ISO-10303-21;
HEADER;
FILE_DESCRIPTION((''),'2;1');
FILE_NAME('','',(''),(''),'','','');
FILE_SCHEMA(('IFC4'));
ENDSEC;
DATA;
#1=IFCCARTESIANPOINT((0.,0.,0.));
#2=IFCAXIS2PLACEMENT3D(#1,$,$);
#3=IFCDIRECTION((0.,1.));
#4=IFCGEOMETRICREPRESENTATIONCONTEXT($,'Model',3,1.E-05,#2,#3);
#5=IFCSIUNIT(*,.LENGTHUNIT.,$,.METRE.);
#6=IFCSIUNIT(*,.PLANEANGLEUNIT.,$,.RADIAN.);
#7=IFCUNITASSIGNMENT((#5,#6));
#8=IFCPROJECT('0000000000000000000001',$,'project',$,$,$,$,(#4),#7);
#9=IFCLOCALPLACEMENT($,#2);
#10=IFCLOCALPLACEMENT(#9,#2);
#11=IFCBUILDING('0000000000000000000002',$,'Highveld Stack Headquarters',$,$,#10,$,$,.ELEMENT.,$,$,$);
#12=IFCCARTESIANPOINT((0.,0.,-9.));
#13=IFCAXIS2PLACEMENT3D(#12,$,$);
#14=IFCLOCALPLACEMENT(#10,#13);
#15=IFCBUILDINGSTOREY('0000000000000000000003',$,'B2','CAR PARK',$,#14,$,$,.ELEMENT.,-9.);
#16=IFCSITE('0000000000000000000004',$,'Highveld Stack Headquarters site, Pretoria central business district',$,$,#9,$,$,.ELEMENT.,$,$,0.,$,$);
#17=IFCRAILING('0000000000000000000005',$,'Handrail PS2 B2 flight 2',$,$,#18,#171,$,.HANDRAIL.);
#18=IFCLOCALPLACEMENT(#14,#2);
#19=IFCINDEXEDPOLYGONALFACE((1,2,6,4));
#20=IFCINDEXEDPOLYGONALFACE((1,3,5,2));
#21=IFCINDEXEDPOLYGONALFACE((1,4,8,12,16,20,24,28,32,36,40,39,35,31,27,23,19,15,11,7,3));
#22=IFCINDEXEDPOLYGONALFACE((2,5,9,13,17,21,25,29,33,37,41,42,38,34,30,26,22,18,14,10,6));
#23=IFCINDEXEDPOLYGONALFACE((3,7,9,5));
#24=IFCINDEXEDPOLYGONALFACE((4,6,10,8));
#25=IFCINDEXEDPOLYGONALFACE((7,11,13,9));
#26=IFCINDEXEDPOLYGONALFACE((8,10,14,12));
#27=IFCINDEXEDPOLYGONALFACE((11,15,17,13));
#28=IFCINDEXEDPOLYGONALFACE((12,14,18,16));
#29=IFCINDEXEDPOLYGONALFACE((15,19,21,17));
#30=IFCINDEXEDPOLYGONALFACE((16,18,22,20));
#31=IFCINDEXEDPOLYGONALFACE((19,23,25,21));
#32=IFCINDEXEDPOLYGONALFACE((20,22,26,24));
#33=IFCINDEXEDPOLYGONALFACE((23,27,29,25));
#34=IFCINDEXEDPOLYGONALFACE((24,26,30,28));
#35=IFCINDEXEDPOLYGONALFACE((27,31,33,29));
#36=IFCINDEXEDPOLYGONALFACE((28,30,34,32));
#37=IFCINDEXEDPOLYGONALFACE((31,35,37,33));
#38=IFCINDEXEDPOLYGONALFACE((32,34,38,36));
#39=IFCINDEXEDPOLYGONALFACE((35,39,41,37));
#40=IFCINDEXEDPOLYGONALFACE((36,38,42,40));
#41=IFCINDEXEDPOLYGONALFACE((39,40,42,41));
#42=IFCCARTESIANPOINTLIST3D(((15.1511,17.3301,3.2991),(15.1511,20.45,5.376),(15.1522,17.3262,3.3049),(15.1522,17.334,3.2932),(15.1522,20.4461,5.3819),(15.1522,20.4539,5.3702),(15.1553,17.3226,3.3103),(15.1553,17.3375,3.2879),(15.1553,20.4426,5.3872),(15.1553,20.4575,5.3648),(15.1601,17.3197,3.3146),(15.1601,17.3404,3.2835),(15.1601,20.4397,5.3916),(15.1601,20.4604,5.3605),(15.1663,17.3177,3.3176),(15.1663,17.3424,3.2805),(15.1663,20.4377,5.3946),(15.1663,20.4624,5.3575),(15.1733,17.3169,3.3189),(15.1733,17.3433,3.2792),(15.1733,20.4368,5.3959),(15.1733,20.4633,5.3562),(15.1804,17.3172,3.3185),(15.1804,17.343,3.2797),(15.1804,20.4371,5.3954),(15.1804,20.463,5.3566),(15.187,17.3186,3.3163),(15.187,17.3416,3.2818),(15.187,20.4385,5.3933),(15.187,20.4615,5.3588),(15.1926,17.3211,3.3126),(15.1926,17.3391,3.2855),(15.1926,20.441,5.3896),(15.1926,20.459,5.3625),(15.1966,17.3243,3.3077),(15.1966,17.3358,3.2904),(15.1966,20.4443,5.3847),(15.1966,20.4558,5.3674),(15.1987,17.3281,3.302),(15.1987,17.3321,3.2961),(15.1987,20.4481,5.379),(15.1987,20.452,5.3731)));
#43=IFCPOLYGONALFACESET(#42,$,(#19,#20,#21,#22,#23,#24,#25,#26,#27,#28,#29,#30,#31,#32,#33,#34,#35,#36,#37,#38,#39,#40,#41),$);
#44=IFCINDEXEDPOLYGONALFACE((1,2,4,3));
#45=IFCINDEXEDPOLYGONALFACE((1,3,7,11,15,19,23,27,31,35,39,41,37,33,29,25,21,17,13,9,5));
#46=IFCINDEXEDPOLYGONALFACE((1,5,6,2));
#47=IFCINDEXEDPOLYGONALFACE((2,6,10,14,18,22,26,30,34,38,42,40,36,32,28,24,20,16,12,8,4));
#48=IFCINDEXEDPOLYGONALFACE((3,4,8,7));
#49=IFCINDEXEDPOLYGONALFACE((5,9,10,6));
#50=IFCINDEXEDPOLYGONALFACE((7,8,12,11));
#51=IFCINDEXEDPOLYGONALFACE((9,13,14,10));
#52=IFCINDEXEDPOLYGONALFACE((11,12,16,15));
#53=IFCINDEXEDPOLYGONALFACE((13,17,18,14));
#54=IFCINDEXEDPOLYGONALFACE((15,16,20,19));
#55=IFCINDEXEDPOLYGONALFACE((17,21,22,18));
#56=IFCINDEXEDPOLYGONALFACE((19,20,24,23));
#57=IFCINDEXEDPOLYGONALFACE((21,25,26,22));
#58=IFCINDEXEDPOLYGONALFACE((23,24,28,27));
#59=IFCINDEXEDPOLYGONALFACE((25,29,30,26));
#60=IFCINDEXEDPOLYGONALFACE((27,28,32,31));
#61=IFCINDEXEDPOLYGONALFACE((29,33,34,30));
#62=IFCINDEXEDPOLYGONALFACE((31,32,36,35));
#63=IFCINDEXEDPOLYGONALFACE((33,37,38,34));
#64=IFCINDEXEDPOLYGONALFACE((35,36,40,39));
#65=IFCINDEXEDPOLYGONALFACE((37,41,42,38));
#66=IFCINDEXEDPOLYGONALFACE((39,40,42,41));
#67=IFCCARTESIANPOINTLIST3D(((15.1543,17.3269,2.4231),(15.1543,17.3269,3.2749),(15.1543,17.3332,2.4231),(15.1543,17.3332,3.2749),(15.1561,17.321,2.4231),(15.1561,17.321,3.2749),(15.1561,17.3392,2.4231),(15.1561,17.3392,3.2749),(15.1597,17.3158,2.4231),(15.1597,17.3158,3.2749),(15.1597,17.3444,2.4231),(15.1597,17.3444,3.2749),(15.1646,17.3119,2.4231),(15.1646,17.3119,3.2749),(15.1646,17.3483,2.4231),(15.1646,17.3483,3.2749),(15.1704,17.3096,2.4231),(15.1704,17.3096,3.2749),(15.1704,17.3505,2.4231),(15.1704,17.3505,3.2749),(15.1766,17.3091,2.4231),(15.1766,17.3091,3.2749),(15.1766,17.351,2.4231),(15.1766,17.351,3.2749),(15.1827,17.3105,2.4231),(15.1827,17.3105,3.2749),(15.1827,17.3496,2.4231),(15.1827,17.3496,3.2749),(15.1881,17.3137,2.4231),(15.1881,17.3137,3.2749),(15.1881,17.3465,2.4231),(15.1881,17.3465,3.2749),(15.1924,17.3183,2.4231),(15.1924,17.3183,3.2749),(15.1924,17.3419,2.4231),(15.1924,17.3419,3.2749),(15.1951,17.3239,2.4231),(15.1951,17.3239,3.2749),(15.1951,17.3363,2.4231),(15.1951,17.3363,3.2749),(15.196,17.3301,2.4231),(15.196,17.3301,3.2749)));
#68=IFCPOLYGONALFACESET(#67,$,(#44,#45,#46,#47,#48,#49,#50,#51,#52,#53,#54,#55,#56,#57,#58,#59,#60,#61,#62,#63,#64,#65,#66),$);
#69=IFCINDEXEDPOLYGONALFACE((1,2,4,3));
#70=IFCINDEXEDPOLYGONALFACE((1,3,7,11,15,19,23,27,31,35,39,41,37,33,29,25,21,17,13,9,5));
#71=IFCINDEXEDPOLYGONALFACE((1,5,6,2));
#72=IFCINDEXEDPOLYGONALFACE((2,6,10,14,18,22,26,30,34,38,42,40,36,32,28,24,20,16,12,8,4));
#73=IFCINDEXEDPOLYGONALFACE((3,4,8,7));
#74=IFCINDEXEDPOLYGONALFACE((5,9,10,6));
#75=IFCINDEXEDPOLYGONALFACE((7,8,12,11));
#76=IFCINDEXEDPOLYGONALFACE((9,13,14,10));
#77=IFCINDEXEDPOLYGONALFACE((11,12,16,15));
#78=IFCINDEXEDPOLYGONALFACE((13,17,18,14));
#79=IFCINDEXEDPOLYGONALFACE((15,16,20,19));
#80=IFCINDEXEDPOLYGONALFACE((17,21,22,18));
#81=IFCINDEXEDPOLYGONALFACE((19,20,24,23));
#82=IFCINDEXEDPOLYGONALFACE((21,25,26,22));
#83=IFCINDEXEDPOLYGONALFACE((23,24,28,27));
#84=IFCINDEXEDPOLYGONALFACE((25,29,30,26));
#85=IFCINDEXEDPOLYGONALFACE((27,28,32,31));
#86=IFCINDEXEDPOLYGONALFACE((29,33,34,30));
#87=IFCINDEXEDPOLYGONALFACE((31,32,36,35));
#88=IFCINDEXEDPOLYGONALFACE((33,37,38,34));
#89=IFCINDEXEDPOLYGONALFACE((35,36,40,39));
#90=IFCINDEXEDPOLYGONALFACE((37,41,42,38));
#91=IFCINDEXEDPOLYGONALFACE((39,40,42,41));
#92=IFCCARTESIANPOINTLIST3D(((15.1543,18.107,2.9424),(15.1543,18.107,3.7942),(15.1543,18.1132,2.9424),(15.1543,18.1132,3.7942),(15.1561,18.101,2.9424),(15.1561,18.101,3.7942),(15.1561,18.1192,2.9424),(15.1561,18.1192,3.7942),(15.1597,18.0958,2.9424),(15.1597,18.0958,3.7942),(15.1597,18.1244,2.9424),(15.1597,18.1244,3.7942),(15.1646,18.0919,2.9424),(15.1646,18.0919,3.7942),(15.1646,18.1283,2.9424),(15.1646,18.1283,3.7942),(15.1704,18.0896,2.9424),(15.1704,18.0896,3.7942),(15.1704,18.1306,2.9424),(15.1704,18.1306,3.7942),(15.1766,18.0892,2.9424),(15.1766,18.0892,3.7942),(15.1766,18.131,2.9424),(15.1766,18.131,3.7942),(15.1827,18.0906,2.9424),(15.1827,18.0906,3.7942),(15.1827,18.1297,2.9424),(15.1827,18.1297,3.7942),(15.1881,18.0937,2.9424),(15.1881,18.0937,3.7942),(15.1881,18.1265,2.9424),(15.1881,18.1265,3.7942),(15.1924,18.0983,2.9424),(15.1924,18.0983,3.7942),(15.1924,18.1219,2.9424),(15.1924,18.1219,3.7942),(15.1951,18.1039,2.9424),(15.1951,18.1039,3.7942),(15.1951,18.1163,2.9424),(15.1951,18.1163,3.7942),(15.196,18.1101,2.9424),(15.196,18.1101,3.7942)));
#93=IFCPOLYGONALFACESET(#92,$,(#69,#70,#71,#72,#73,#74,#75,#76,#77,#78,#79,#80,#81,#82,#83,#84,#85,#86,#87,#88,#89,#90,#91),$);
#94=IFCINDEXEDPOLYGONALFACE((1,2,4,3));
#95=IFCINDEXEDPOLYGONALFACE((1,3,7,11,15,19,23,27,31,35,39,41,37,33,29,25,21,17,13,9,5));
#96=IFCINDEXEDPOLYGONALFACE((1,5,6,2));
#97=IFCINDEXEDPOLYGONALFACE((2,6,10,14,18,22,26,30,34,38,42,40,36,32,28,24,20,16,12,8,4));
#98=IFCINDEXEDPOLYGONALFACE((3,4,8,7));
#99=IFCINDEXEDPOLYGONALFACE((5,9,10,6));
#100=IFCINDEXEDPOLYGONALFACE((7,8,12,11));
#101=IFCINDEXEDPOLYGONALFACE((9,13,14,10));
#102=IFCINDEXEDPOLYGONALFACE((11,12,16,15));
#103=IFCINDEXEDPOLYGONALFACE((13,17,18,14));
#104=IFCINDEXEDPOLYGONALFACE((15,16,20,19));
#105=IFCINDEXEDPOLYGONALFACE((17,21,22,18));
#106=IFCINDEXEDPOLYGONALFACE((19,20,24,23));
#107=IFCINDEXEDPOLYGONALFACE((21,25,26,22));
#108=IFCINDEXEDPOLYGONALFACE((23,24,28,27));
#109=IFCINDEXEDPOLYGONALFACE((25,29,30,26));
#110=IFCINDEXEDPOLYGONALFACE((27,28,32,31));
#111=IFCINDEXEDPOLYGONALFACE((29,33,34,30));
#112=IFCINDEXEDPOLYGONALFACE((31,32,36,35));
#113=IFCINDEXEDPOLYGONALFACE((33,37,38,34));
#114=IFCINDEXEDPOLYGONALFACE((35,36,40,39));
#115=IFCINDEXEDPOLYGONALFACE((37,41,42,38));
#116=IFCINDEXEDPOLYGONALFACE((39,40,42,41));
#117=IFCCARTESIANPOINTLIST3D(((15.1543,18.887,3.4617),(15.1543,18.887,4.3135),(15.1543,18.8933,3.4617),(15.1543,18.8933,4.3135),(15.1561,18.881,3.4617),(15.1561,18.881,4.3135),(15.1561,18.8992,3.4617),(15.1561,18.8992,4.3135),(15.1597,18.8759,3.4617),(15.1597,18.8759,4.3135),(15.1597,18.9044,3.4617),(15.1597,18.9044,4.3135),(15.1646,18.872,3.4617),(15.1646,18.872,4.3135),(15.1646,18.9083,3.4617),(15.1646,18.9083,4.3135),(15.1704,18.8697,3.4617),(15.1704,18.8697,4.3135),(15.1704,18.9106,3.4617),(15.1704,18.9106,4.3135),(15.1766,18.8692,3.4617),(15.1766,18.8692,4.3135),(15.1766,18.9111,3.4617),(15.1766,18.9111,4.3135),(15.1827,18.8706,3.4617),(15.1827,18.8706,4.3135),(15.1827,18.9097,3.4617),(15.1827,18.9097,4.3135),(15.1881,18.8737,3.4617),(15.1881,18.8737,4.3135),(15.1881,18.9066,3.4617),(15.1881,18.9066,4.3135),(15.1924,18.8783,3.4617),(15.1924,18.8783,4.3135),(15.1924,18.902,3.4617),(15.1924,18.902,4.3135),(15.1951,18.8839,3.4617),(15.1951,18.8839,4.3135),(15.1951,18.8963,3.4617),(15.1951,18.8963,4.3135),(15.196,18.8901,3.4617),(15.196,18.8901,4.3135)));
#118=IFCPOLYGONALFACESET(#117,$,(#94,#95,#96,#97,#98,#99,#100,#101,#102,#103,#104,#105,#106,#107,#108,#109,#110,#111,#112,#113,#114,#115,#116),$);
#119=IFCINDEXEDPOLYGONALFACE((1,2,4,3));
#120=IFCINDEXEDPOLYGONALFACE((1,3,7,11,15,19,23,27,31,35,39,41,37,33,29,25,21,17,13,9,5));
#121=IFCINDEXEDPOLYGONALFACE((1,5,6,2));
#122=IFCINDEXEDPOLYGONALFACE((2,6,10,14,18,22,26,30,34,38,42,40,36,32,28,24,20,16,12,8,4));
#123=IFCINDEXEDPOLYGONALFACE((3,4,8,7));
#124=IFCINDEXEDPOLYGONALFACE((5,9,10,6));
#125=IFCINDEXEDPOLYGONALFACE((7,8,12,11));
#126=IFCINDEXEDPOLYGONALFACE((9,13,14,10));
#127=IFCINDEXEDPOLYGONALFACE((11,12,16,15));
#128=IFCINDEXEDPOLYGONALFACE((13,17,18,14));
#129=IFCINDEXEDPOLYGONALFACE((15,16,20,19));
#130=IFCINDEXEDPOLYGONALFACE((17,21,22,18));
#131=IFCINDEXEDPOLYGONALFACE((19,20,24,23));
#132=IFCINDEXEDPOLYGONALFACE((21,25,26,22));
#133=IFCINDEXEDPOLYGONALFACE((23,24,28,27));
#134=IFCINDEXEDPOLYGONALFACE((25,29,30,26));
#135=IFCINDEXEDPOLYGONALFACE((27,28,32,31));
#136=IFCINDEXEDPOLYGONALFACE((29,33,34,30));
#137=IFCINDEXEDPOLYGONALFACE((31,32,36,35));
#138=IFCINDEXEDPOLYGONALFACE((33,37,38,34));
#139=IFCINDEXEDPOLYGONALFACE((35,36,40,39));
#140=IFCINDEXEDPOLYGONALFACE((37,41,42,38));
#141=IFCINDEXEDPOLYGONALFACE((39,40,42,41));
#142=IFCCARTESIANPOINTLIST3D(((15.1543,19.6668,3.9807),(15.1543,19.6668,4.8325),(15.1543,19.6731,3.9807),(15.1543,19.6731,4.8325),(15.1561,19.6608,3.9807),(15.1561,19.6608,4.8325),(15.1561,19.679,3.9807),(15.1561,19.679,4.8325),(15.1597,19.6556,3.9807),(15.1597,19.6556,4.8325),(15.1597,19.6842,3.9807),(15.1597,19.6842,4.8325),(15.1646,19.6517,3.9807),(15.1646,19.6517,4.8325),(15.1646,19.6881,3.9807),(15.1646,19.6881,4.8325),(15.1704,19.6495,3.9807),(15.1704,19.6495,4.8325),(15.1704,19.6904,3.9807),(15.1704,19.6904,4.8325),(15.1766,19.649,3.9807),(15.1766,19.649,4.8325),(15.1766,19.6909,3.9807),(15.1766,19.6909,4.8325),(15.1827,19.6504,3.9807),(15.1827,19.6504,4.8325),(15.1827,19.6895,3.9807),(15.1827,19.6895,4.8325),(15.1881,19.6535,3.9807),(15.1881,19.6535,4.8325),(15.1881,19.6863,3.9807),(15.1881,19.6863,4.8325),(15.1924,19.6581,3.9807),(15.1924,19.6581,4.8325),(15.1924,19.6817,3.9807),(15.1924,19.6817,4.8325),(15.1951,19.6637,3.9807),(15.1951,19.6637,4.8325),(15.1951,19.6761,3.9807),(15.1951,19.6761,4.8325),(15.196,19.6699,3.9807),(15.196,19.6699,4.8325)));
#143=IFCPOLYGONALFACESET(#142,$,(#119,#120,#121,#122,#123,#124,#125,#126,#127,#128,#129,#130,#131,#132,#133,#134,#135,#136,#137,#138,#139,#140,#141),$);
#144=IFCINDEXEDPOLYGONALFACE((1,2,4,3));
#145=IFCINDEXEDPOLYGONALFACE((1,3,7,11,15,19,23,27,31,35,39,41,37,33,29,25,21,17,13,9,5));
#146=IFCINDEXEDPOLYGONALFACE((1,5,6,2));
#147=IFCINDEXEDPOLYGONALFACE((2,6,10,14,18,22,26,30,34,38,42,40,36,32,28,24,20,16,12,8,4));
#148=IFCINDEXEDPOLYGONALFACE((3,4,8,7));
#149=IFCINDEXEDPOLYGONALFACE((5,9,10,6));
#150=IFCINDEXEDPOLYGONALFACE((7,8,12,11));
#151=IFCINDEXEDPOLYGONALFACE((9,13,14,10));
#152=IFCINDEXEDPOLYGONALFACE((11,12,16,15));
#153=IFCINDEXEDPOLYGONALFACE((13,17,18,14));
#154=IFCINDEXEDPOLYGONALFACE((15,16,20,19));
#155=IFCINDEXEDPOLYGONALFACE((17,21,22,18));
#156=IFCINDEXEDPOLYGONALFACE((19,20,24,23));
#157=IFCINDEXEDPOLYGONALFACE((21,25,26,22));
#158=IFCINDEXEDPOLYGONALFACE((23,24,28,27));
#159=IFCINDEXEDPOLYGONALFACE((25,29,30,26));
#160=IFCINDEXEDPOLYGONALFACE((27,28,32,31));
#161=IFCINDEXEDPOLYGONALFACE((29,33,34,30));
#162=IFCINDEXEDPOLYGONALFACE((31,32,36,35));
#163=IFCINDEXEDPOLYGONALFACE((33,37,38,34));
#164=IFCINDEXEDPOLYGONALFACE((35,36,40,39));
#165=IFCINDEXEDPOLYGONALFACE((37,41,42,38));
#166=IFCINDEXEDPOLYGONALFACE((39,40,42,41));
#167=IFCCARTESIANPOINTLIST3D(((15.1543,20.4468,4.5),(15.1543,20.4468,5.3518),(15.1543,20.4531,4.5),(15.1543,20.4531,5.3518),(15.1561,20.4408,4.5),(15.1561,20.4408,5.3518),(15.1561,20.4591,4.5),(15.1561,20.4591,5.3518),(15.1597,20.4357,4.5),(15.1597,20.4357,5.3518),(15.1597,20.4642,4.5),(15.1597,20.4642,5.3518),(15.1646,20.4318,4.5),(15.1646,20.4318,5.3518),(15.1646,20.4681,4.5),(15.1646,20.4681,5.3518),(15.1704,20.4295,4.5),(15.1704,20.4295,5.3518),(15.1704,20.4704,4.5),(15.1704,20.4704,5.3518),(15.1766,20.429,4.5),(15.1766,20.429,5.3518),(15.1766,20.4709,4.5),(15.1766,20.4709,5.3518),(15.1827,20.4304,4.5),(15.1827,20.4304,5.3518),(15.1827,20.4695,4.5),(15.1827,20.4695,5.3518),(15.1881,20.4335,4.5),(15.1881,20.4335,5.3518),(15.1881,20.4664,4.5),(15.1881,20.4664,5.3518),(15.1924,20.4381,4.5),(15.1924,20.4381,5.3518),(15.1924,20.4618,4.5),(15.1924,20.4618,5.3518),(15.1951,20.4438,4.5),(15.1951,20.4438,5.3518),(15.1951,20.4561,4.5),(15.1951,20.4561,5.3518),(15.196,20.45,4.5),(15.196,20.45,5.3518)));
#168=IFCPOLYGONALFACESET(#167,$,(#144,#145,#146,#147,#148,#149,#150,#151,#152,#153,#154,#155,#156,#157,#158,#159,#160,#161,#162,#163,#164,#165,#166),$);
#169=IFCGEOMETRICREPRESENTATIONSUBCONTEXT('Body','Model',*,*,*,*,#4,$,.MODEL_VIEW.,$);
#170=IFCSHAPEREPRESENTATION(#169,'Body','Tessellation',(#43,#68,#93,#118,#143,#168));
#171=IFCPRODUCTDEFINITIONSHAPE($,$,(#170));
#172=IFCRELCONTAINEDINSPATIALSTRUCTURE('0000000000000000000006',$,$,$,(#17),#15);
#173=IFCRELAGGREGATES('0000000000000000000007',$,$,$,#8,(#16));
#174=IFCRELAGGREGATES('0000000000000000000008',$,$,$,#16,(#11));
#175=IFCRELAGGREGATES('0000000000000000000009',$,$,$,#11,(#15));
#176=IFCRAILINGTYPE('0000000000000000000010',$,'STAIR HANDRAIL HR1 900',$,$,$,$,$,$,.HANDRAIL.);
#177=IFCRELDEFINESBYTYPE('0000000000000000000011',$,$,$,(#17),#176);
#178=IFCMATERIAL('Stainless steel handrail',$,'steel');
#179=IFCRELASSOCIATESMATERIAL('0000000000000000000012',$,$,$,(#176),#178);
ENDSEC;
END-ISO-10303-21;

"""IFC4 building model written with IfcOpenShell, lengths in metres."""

from ifc_helpers import new_model, si_unit, direction, frame, origin, origin_2d, place, context, subcontext, project, spatial, circle, extrude, material, type_object, element, save


model = new_model("IFC4")

# Units and contexts
model_context = context("Model", 3, precision=1e-05, world=origin(), true_north=direction((0.0, 1.0)))
body_context = subcontext(model_context, "Body", "Model", "MODEL_VIEW")
ifc_project = project(units=[si_unit("LENGTHUNIT", "METRE"), si_unit("PLANEANGLEUNIT", "RADIAN")], contexts=[model_context])

# Site, building, storey
site_placement = place(None, origin())
site = spatial("IfcSite", under=ifc_project, at=site_placement, Name="Highveld Stack Headquarters site, Pretoria central business district", CompositionType="ELEMENT", RefElevation=0.0)
building_placement = place(site_placement, origin())
building = spatial("IfcBuilding", under=site, at=building_placement, Name="Highveld Stack Headquarters", CompositionType="ELEMENT")
storey_placement = place(building_placement, frame((0.0, 0.0, -9.0)))
storey = spatial("IfcBuildingStorey", under=building, at=storey_placement, Name="B2", Description="CAR PARK", CompositionType="ELEMENT", Elevation=-9.0)

# Railing
ifc_material_1 = material(Name="Stainless steel handrail", Category="steel")
railing_type = type_object("IfcRailingType", Name="STAIR HANDRAIL HR1 900", PredefinedType="HANDRAIL", material=ifc_material_1)
for number, where, name in (
    (1, (15.175, 17.3301, 2.4231), "Handrail PS2 B2 flight 2"),
):
    element("IfcRailing", number, at=place(storey_placement, frame(where)), inside=storey, type_object=railing_type, Name=name, PredefinedType="HANDRAIL", context=body_context, shape_type="SweptSolid", body=[
        extrude(circle(Radius=0.0239, at=origin_2d()), frame((0.0, 0.0, 0.876), z_axis=(0.0, 0.832421, 0.554144), x_axis=(-1.0, 0.0, 0.0)), (0.0, 0.0, 1.0), 3.748),
        extrude(circle(Radius=0.021, at=origin_2d()), origin(), (0.0, 0.0, 1.0), 0.8518),
        extrude(circle(Radius=0.021, at=origin_2d()), frame((0.0, 0.78, 0.5193)), (0.0, 0.0, 1.0), 0.8518),
        extrude(circle(Radius=0.021, at=origin_2d()), frame((0.0, 1.5601, 1.0386)), (0.0, 0.0, 1.0), 0.8518),
        extrude(circle(Radius=0.021, at=origin_2d()), frame((0.0, 2.3398, 1.5576)), (0.0, 0.0, 1.0), 0.8518),
        extrude(circle(Radius=0.021, at=origin_2d()), frame((0.0, 3.1199, 2.0769)), (0.0, 0.0, 1.0), 0.8518),
    ])

save(model, "model.ifc")
